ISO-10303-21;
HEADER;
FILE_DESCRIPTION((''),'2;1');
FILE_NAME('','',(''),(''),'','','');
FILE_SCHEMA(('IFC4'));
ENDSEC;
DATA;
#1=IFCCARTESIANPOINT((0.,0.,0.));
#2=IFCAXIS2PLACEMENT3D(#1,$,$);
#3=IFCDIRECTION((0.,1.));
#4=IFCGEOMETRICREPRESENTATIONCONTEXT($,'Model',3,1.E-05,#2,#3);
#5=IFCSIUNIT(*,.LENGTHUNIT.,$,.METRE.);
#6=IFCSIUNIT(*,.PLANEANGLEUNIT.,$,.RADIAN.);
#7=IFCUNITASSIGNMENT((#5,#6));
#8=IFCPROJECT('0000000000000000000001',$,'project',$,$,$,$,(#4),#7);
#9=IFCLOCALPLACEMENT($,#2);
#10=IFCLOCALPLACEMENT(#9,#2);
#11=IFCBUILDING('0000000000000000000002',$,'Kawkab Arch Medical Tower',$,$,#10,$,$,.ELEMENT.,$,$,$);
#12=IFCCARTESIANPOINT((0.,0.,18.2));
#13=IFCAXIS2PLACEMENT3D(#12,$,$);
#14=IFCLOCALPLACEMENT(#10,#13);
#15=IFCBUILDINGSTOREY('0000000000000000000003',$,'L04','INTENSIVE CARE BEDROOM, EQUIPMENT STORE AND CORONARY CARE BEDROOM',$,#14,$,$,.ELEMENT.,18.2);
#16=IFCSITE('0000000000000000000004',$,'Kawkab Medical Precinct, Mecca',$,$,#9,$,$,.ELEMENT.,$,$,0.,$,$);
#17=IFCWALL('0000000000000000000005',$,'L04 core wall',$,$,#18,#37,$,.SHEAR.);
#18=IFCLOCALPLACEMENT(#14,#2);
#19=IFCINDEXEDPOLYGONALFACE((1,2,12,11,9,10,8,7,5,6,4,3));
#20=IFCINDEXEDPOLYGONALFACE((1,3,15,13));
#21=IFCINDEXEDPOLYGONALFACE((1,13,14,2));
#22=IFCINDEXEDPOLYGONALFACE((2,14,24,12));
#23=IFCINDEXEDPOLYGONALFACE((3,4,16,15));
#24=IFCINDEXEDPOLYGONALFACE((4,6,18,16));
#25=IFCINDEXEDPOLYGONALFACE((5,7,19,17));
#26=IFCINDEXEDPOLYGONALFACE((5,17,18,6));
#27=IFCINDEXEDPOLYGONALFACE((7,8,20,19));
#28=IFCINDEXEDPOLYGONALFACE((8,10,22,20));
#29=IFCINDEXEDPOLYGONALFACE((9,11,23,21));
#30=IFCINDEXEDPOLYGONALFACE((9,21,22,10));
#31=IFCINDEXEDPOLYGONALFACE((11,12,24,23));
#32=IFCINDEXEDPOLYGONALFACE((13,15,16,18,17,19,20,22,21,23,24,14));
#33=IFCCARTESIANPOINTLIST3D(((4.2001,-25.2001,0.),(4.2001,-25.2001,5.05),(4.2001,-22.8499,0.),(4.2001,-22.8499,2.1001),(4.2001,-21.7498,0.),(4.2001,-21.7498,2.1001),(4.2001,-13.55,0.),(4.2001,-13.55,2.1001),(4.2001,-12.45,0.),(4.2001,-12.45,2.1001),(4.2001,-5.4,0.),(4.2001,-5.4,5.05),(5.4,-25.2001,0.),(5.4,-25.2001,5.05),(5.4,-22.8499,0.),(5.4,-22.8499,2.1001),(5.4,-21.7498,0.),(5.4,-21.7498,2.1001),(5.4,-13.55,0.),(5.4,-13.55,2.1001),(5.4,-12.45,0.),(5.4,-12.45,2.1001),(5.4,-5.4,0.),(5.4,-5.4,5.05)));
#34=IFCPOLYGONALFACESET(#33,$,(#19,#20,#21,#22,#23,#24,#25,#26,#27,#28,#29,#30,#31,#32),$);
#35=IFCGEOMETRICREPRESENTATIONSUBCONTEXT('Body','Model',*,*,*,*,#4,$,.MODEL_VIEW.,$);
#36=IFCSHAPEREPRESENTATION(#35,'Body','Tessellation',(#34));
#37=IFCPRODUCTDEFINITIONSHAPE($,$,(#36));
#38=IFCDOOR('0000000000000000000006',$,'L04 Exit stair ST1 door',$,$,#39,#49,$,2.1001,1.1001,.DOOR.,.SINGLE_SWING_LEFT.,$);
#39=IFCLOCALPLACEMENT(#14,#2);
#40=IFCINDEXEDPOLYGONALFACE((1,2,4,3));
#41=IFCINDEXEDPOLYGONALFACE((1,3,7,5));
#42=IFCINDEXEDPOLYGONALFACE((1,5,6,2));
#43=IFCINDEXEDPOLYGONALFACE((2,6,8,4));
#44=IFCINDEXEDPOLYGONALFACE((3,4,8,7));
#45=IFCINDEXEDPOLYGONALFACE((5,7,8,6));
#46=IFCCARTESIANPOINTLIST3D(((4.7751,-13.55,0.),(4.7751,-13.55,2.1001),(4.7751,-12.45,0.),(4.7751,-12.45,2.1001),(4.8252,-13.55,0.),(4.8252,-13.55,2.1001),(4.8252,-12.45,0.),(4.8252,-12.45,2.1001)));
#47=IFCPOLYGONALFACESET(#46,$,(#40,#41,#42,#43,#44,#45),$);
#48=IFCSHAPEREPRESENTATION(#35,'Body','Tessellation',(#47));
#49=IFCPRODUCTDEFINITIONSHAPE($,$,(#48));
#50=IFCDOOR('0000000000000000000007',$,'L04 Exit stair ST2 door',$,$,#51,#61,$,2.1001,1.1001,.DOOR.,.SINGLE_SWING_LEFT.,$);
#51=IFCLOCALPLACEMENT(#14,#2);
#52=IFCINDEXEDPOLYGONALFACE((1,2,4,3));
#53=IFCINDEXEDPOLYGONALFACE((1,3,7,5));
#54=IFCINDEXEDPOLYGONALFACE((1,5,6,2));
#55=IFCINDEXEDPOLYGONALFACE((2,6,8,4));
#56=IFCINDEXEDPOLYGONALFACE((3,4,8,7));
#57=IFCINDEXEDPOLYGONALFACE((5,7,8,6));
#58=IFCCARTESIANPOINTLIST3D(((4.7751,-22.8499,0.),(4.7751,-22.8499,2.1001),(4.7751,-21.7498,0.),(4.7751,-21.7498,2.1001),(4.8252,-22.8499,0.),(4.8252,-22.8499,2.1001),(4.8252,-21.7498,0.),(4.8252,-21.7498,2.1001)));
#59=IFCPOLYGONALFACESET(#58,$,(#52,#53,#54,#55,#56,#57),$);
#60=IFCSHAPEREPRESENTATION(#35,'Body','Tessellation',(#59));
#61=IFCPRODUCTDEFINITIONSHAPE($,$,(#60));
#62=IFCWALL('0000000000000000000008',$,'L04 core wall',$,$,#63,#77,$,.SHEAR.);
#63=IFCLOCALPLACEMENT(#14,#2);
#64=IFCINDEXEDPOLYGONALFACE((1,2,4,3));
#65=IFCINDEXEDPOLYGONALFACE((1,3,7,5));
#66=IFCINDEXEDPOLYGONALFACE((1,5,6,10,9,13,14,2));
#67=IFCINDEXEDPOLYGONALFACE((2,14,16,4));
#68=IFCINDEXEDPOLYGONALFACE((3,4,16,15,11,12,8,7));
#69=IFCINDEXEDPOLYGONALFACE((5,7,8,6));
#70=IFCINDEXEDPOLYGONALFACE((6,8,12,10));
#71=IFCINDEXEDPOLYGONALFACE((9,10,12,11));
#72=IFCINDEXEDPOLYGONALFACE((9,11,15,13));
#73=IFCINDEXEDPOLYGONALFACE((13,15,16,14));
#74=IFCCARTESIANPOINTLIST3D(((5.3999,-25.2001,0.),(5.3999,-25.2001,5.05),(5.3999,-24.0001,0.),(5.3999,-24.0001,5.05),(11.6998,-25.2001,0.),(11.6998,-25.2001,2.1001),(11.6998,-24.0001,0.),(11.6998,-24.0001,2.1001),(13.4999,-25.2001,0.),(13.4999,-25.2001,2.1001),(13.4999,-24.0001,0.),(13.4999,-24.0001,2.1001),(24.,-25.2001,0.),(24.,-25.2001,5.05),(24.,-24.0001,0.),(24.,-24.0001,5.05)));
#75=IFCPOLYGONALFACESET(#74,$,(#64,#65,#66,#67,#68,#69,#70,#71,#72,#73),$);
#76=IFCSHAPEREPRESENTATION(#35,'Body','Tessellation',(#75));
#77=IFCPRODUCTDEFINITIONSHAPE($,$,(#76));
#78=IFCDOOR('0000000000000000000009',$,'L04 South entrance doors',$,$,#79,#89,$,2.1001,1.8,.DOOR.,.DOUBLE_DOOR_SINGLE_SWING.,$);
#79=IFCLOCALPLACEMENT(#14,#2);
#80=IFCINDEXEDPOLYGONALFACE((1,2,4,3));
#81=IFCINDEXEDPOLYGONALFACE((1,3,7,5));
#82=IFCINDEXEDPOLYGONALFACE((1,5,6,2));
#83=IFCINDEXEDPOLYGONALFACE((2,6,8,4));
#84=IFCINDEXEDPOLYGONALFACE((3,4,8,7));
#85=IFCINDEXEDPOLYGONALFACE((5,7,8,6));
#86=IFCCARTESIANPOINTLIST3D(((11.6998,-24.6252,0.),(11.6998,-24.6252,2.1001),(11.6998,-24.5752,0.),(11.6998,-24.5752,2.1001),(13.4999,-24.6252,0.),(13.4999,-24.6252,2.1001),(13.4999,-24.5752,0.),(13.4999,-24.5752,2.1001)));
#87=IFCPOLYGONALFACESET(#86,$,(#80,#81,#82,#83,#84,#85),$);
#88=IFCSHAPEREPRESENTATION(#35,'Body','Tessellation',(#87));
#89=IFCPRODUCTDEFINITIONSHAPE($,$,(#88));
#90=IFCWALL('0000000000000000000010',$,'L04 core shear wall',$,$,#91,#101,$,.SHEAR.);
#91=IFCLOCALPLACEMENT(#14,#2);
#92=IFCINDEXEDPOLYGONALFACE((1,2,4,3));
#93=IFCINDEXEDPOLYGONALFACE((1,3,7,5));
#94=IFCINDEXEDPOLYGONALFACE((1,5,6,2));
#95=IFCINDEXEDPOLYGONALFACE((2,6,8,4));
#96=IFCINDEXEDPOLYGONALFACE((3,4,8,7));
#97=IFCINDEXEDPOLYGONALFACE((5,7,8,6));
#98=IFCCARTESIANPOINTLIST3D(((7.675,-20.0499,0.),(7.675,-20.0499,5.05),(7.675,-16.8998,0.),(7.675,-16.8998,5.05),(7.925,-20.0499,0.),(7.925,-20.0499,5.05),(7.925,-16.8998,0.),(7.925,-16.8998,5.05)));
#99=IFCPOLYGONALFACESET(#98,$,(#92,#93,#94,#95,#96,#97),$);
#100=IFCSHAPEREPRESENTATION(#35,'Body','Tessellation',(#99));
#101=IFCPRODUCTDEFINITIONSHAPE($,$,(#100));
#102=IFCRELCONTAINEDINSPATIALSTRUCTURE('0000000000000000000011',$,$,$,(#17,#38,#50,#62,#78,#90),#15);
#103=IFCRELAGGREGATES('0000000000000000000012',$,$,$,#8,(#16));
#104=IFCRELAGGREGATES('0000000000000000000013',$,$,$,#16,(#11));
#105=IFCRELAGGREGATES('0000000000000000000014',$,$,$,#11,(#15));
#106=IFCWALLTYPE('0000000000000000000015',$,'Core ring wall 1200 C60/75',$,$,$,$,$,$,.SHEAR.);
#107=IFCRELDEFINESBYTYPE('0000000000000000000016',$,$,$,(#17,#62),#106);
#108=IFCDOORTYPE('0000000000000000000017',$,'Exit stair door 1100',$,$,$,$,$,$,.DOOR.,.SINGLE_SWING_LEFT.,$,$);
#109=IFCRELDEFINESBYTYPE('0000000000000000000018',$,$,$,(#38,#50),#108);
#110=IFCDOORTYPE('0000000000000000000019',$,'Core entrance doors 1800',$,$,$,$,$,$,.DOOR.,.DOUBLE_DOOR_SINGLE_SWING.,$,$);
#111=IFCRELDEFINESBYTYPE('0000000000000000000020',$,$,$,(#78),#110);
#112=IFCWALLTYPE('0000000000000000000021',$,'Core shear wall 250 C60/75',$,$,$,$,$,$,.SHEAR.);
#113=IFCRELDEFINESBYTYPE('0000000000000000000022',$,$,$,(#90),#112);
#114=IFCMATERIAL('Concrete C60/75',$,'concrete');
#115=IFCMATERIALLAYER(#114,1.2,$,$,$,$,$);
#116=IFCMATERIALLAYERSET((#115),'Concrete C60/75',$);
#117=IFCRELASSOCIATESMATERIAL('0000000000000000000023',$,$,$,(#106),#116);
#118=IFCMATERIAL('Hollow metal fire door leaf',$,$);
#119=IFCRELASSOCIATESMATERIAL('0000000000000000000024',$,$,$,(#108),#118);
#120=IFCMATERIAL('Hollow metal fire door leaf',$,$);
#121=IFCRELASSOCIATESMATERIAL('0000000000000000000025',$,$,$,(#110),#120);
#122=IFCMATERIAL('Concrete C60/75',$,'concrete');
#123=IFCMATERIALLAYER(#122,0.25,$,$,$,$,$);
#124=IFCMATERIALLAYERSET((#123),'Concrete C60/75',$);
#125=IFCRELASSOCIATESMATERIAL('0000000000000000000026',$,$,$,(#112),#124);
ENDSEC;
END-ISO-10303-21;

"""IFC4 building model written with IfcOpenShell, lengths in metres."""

from ifc_helpers import new_model, si_unit, direction, frame, frame_2d, origin, place, context, subcontext, project, spatial, rectangle, extrude, material, layer, layer_set, type_object, element, fill, save


model = new_model("IFC4")

# Units and contexts
model_context = context("Model", 3, precision=1e-05, world=origin(), true_north=direction((0.0, 1.0)))
body_context = subcontext(model_context, "Body", "Model", "MODEL_VIEW")
ifc_project = project(units=[si_unit("LENGTHUNIT", "METRE"), si_unit("PLANEANGLEUNIT", "RADIAN")], contexts=[model_context])

# Site, building, storey
site_placement = place(None, origin())
site = spatial("IfcSite", under=ifc_project, at=site_placement, Name="Kawkab Medical Precinct, Mecca", CompositionType="ELEMENT", RefElevation=0.0)
building_placement = place(site_placement, origin())
building = spatial("IfcBuilding", under=site, at=building_placement, Name="Kawkab Arch Medical Tower", CompositionType="ELEMENT")
storey_placement = place(building_placement, frame((0.0, 0.0, 18.2)))
storey = spatial("IfcBuildingStorey", under=building, at=storey_placement, Name="L04", Description="INTENSIVE CARE BEDROOM, EQUIPMENT STORE AND CORONARY CARE BEDROOM", CompositionType="ELEMENT", Elevation=18.2)

# Wall, openings, doors
ifc_material_1 = material(Name="Concrete C60/75", Category="concrete")
ifc_layer_1 = layer(ifc_material_1, 1.2)
ifc_layer_set_1 = layer_set([ifc_layer_1], Name="Concrete C60/75")
wall_type_1 = type_object("IfcWallType", Name="Core ring wall 1200 C60/75", PredefinedType="SHEAR", material=ifc_layer_set_1)
wall_1_placement = place(storey_placement, frame((4.8, -25.2, 0.0), z_axis=(0.0, 0.0, 1.0), x_axis=(0.0, 1.0, 0.0)))
wall_1 = element("IfcWall", 1, at=wall_1_placement, inside=storey, type_object=wall_type_1, Name="L04 core wall", PredefinedType="SHEAR", context=body_context, shape_type="SweptSolid", body=[
    extrude(rectangle(XDim=19.8, YDim=1.2, at=frame_2d((9.8999, 0.0))), origin(), (0.0, 0.0, 1.0), 5.05),
])
opening_1_placement = place(wall_1_placement, frame((11.6499, 0.0, 0.0)))
opening_1 = element("IfcOpeningElement", 2, at=opening_1_placement, cuts=wall_1, PredefinedType="OPENING", context=body_context, shape_type="SweptSolid", body=[
    extrude(rectangle(XDim=1.1001, YDim=2.1001, at=frame_2d((0.55, 1.05))), frame((0.0, 0.6099, 0.0), z_axis=(0.0, -1.0, 0.0), x_axis=(1.0, 0.0, 0.0)), (0.0, 0.0, 1.0), 1.22),
])
opening_2_placement = place(wall_1_placement, frame((2.3501, 0.0, 0.0)))
opening_2 = element("IfcOpeningElement", 3, at=opening_2_placement, cuts=wall_1, PredefinedType="OPENING", context=body_context, shape_type="SweptSolid", body=[
    extrude(rectangle(XDim=1.1001, YDim=2.1001, at=frame_2d((0.55, 1.05))), frame((0.0, 0.6099, 0.0), z_axis=(0.0, -1.0, 0.0), x_axis=(1.0, 0.0, 0.0)), (0.0, 0.0, 1.0), 1.22),
])
ifc_material_2 = material(Name="Hollow metal fire door leaf")
door_type_1 = type_object("IfcDoorType", Name="Exit stair door 1100", OperationType="SINGLE_SWING_LEFT", PredefinedType="DOOR", material=ifc_material_2)
door_1_placement = place(opening_1_placement, origin())
door_1 = element("IfcDoor", 4, at=door_1_placement, inside=storey, type_object=door_type_1, Name="L04 Exit stair ST1 door", OperationType="SINGLE_SWING_LEFT", OverallHeight=2.1001, OverallWidth=1.1001, PredefinedType="DOOR", context=body_context, shape_type="SweptSolid", body=[
    extrude(rectangle(XDim=1.1001, YDim=2.1001, at=frame_2d((0.55, 1.05))), frame((0.0, 0.0249, 0.0), z_axis=(0.0, -1.0, 0.0), x_axis=(1.0, 0.0, 0.0)), (0.0, 0.0, 1.0), 0.05),
])
fill(opening_1, door_1)
door_2_placement = place(opening_2_placement, origin())
door_2 = element("IfcDoor", 5, at=door_2_placement, inside=storey, type_object=door_type_1, Name="L04 Exit stair ST2 door", OperationType="SINGLE_SWING_LEFT", OverallHeight=2.1001, OverallWidth=1.1001, PredefinedType="DOOR", context=body_context, shape_type="SweptSolid", body=[
    extrude(rectangle(XDim=1.1001, YDim=2.1001, at=frame_2d((0.55, 1.05))), frame((0.0, 0.0249, 0.0), z_axis=(0.0, -1.0, 0.0), x_axis=(1.0, 0.0, 0.0)), (0.0, 0.0, 1.0), 0.05),
])
fill(opening_2, door_2)

# Wall, opening, door
wall_2_placement = place(storey_placement, frame((5.3999, -24.6001, 0.0), z_axis=(0.0, 0.0, 1.0), x_axis=(1.0, 0.0, 0.0)))
wall_2 = element("IfcWall", 6, at=wall_2_placement, inside=storey, type_object=wall_type_1, Name="L04 core wall", PredefinedType="SHEAR", context=body_context, shape_type="SweptSolid", body=[
    extrude(rectangle(XDim=18.6001, YDim=1.2, at=frame_2d((9.3, 0.0))), origin(), (0.0, 0.0, 1.0), 5.05),
])
opening_3_placement = place(wall_2_placement, frame((6.3, 0.0, 0.0)))
opening_3 = element("IfcOpeningElement", 7, at=opening_3_placement, cuts=wall_2, PredefinedType="OPENING", context=body_context, shape_type="SweptSolid", body=[
    extrude(rectangle(XDim=1.8, YDim=2.1001, at=frame_2d((0.8999, 1.05))), frame((0.0, 0.6099, 0.0), z_axis=(0.0, -1.0, 0.0), x_axis=(1.0, 0.0, 0.0)), (0.0, 0.0, 1.0), 1.22),
])
ifc_material_3 = material(Name="Hollow metal fire door leaf")
door_type_2 = type_object("IfcDoorType", Name="Core entrance doors 1800", OperationType="DOUBLE_DOOR_SINGLE_SWING", PredefinedType="DOOR", material=ifc_material_3)
door_3_placement = place(opening_3_placement, origin())
door_3 = element("IfcDoor", 8, at=door_3_placement, inside=storey, type_object=door_type_2, Name="L04 South entrance doors", OperationType="DOUBLE_DOOR_SINGLE_SWING", OverallHeight=2.1001, OverallWidth=1.8, PredefinedType="DOOR", context=body_context, shape_type="SweptSolid", body=[
    extrude(rectangle(XDim=1.8, YDim=2.1001, at=frame_2d((0.8999, 1.05))), frame((0.0, 0.0249, 0.0), z_axis=(0.0, -1.0, 0.0), x_axis=(1.0, 0.0, 0.0)), (0.0, 0.0, 1.0), 0.05),
])
fill(opening_3, door_3)

# Wall
ifc_material_4 = material(Name="Concrete C60/75", Category="concrete")
ifc_layer_2 = layer(ifc_material_4, 0.25)
ifc_layer_set_2 = layer_set([ifc_layer_2], Name="Concrete C60/75")
wall_type_2 = type_object("IfcWallType", Name="Core shear wall 250 C60/75", PredefinedType="SHEAR", material=ifc_layer_set_2)
wall_3_placement = place(storey_placement, frame((7.8, -20.05, 0.0), z_axis=(0.0, 0.0, 1.0), x_axis=(0.0, 1.0, 0.0)))
element("IfcWall", 9, at=wall_3_placement, inside=storey, type_object=wall_type_2, Name="L04 core shear wall", PredefinedType="SHEAR", context=body_context, shape_type="SweptSolid", body=[
    extrude(rectangle(XDim=3.1501, YDim=0.25, at=frame_2d((1.5752, 0.0))), origin(), (0.0, 0.0, 1.0), 5.05),
])

save(model, "model.ifc")
